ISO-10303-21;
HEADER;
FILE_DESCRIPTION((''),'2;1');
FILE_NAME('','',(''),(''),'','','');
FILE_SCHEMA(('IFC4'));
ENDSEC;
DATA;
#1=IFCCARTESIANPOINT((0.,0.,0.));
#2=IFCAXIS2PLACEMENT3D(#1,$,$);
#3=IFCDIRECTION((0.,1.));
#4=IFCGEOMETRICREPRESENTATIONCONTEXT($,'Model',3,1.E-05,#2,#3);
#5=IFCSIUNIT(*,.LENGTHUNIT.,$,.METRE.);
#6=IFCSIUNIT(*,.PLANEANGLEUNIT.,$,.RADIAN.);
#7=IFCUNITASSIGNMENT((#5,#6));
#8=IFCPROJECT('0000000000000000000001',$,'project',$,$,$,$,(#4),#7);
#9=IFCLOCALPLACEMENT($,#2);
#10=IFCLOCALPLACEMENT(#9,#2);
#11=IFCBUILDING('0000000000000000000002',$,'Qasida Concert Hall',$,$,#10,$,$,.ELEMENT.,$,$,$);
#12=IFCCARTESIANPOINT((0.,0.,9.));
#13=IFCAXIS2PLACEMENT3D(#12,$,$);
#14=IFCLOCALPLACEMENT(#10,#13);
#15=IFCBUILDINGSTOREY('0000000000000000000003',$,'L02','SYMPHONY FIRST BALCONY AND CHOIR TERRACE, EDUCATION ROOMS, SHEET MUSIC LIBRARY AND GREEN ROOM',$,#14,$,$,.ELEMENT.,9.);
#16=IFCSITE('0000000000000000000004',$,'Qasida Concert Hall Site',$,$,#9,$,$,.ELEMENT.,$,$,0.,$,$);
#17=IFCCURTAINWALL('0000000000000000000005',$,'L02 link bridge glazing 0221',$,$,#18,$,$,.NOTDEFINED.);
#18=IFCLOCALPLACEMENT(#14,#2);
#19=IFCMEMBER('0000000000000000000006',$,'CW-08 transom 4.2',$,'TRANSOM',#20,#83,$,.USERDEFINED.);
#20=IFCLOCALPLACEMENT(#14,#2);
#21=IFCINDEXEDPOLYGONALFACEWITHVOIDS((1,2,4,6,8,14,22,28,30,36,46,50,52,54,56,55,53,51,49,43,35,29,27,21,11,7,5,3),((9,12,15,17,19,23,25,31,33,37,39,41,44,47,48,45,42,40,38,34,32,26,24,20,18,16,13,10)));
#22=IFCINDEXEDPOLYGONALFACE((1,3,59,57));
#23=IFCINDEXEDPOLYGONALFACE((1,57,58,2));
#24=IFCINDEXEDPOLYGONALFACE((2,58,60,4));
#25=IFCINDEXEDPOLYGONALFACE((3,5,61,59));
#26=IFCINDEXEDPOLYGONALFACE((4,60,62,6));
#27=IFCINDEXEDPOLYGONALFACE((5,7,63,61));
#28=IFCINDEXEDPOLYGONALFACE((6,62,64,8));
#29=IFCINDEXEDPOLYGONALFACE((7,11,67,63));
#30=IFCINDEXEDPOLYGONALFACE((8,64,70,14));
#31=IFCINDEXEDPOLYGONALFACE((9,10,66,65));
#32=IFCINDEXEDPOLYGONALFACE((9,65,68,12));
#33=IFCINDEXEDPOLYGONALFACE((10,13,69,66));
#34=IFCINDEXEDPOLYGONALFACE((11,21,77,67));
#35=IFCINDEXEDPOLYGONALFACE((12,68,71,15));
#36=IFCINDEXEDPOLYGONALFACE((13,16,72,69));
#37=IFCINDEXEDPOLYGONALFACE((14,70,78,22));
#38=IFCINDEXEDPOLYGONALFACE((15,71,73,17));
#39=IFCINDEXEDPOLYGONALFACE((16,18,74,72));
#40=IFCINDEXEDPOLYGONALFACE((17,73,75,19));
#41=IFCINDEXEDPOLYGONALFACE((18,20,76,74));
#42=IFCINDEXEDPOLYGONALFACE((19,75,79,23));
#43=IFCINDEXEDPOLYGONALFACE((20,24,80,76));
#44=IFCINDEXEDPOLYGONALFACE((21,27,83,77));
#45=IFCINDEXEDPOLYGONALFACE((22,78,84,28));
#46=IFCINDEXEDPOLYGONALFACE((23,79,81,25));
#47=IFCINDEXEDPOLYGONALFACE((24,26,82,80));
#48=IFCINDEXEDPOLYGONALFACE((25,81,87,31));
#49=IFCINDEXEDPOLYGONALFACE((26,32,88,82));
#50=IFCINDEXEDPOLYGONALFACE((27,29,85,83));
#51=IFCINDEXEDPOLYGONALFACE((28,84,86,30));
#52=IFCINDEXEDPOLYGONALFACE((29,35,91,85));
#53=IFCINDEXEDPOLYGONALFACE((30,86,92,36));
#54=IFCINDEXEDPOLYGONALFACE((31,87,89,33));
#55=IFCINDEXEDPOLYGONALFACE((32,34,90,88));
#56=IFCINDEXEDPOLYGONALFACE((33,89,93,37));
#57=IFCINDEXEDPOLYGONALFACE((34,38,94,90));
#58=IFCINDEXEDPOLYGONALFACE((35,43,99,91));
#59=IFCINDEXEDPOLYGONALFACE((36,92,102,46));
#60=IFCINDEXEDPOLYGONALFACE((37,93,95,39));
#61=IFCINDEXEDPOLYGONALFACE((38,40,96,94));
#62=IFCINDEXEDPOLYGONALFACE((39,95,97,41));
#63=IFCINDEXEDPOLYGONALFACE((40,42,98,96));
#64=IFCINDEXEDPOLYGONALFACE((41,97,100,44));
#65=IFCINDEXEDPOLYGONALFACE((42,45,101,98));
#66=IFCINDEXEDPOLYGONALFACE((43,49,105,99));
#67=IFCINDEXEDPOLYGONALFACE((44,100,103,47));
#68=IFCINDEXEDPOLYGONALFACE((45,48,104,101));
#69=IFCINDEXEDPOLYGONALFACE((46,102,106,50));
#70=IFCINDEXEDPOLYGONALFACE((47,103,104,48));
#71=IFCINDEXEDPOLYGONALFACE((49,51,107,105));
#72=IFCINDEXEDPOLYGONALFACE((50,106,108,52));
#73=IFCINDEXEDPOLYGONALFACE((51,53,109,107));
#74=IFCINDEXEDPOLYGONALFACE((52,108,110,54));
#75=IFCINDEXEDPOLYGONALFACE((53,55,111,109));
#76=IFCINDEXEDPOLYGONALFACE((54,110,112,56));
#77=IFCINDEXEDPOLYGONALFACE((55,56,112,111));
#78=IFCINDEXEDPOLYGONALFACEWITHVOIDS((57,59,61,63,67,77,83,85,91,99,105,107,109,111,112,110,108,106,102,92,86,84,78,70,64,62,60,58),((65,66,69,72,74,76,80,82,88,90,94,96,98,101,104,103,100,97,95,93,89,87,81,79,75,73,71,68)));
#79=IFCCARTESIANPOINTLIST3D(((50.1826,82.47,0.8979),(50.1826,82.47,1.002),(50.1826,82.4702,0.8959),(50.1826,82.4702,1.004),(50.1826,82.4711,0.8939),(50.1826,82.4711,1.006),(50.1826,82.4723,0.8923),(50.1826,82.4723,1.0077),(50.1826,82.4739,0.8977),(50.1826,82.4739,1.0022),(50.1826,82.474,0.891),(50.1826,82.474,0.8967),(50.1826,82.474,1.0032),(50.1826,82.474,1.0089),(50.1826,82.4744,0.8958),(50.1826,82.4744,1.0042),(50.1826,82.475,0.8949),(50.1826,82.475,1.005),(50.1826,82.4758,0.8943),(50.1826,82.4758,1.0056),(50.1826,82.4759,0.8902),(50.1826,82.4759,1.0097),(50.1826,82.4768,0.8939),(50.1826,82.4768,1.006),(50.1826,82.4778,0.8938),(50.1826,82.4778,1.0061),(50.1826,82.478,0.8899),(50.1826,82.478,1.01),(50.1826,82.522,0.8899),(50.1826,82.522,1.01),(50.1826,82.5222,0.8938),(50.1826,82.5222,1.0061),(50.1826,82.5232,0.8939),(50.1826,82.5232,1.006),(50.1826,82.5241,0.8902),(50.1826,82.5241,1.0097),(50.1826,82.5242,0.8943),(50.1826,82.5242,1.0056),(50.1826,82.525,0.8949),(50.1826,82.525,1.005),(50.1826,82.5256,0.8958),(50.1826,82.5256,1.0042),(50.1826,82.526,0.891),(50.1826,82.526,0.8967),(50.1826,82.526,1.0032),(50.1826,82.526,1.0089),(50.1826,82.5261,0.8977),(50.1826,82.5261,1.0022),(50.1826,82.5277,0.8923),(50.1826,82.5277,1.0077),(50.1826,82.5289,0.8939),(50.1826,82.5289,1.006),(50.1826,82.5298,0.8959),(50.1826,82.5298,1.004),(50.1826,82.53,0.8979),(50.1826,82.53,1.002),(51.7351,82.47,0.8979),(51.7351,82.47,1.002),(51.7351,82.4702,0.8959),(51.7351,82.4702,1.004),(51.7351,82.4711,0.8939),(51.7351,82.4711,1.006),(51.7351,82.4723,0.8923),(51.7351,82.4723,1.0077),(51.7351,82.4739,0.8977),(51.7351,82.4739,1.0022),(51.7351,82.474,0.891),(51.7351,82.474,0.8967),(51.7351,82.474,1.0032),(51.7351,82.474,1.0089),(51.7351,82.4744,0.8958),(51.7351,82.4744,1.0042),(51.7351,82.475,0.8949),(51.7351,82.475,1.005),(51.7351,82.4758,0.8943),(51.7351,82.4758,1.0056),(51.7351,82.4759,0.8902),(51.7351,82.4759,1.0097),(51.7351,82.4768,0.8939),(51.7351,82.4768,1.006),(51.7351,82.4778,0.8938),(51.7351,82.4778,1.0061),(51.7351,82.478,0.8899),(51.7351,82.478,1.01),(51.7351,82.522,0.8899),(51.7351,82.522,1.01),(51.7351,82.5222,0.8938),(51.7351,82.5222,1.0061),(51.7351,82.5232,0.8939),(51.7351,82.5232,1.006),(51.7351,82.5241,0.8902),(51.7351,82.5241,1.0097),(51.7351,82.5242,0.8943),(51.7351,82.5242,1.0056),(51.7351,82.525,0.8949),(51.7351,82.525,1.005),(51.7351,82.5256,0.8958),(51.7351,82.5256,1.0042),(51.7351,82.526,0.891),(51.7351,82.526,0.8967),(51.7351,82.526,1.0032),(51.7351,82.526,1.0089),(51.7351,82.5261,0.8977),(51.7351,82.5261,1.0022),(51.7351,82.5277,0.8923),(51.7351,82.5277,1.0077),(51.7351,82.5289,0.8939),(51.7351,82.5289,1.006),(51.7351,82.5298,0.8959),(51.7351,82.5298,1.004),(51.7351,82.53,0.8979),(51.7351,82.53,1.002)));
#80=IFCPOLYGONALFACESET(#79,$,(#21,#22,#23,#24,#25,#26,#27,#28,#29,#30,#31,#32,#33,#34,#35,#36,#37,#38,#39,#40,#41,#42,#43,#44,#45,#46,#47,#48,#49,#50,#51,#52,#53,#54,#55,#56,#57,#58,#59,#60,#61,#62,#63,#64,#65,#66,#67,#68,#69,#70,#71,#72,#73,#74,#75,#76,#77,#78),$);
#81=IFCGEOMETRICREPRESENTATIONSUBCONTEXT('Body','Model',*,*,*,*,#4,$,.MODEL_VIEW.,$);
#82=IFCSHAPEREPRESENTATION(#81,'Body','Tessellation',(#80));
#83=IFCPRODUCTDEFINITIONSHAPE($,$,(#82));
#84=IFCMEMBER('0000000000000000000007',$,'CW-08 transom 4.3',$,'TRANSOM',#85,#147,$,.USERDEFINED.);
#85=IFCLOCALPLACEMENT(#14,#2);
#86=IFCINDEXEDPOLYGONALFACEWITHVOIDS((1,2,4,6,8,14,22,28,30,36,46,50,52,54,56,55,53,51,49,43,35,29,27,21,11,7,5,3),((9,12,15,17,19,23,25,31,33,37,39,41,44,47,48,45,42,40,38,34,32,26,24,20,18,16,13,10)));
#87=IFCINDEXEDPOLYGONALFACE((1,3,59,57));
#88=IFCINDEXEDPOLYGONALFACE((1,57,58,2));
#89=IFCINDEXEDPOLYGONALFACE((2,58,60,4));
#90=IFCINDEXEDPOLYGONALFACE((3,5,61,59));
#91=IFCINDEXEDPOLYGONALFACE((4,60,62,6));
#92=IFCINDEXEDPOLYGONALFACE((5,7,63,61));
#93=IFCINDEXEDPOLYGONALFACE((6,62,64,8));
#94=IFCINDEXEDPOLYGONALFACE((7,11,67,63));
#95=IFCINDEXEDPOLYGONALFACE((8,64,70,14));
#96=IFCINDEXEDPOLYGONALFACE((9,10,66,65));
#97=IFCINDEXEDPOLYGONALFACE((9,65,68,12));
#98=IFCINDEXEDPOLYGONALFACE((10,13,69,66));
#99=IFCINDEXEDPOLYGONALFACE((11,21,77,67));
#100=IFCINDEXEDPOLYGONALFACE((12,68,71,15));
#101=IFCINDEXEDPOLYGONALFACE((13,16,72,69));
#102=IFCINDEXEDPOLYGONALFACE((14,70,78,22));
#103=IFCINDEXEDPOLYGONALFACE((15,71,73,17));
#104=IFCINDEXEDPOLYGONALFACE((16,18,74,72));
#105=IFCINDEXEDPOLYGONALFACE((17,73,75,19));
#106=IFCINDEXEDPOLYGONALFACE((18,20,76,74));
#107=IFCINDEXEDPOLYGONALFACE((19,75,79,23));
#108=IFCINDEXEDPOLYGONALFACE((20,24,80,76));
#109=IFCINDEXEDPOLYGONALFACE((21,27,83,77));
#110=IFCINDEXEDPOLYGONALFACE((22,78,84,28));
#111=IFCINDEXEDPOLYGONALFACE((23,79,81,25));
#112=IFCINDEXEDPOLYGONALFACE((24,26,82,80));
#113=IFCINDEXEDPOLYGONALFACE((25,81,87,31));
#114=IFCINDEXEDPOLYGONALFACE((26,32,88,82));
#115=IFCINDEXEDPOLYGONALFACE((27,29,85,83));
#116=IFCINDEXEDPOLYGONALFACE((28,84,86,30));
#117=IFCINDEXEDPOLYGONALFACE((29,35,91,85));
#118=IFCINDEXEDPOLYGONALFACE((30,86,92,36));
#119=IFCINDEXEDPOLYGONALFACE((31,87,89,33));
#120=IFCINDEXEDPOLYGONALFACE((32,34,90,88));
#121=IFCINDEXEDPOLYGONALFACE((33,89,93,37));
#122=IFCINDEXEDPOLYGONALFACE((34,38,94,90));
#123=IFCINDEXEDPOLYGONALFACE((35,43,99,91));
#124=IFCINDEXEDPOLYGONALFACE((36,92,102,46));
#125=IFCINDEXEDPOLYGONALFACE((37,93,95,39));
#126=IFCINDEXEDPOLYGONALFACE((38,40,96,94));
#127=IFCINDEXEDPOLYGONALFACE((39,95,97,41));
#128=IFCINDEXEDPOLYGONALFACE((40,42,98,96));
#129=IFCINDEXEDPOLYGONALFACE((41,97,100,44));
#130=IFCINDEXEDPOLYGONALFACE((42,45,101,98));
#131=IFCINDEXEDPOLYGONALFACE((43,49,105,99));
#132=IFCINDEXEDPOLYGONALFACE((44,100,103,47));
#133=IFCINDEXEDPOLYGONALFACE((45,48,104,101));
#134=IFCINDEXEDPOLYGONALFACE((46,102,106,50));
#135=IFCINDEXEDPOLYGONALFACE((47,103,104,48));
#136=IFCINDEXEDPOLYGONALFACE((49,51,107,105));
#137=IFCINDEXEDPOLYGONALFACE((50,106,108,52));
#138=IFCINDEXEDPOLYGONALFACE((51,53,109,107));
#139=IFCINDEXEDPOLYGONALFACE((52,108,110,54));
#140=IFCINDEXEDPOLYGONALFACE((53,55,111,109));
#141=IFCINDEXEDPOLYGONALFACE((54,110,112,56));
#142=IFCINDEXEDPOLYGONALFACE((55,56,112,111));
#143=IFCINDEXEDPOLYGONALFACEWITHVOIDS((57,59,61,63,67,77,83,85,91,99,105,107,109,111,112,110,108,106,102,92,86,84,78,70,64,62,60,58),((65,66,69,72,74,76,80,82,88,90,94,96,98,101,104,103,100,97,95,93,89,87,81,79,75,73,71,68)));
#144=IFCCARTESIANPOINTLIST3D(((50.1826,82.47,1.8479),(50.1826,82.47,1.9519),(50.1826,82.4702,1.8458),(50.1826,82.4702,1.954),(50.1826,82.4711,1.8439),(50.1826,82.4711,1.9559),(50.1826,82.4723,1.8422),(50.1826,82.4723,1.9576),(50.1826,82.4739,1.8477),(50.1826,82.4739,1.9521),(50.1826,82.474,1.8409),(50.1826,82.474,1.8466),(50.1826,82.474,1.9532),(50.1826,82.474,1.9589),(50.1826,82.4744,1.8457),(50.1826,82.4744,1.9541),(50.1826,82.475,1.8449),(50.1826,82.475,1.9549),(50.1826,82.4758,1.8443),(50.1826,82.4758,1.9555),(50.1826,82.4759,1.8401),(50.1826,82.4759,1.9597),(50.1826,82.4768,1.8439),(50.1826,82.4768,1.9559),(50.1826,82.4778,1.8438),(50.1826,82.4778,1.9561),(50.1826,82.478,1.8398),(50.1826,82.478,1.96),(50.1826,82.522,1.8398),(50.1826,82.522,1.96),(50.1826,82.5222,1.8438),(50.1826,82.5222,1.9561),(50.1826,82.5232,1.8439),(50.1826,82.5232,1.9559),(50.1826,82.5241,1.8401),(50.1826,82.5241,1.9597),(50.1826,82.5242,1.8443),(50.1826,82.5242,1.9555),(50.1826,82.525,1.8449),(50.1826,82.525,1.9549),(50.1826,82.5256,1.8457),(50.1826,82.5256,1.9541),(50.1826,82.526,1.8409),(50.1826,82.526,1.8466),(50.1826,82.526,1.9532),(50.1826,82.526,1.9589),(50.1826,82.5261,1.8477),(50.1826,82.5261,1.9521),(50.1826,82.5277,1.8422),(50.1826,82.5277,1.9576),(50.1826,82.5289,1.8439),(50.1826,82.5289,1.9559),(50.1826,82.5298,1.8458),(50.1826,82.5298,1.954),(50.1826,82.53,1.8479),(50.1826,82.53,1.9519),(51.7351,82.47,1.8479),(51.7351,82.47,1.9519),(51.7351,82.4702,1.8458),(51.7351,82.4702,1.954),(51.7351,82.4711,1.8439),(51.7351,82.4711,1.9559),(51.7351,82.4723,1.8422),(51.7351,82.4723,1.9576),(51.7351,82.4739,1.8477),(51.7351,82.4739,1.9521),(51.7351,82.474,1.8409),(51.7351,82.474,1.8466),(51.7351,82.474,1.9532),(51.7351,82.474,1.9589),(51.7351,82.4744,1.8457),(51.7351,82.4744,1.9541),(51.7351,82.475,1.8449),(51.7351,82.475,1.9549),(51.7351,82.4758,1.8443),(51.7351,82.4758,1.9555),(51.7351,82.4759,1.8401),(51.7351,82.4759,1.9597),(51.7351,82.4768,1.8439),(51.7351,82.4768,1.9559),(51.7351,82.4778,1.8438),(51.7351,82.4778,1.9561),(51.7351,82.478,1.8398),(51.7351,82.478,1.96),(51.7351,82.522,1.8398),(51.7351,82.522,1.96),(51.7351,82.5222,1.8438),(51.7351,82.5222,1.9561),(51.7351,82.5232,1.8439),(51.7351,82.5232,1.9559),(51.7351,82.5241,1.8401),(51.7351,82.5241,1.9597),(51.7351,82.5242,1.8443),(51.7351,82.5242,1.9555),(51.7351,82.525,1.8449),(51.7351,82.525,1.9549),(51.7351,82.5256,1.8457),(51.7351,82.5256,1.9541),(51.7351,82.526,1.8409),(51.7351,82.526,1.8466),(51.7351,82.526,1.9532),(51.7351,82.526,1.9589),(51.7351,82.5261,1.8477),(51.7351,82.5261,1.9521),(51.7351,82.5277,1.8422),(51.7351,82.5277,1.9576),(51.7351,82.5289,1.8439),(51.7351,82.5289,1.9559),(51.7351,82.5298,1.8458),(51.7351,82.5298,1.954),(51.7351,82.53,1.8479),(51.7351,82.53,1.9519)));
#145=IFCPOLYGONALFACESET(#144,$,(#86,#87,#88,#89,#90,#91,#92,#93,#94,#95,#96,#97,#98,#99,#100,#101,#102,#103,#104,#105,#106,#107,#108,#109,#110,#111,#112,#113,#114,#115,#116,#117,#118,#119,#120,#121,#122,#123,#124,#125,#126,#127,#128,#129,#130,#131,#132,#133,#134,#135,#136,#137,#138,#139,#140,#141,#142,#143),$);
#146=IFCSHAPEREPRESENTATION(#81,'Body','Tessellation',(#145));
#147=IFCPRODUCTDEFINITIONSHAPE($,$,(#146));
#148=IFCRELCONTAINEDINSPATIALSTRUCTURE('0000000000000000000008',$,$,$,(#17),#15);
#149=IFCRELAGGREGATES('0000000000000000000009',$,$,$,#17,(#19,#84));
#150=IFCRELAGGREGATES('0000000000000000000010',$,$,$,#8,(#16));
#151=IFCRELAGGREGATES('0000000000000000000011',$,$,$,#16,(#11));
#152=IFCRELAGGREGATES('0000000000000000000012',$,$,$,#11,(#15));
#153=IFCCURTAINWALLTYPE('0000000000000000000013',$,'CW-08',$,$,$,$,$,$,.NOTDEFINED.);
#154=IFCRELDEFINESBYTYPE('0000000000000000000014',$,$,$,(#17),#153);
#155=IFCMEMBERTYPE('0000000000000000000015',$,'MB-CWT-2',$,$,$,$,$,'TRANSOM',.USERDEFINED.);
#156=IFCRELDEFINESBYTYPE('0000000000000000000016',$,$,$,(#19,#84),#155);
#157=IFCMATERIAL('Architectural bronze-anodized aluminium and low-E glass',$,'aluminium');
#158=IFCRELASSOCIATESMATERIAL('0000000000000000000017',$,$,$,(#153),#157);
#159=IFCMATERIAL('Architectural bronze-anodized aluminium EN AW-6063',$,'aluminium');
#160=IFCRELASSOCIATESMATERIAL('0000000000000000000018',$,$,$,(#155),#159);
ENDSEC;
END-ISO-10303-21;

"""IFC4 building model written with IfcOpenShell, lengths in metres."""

from ifc_helpers import new_model, si_unit, direction, frame, origin, origin_2d, place, context, subcontext, project, spatial, hollow_rectangle, extrude, material, material_profile, profile_set, type_object, element, aggregate, save


model = new_model("IFC4")

# Units and contexts
model_context = context("Model", 3, precision=1e-05, world=origin(), true_north=direction((0.0, 1.0)))
body_context = subcontext(model_context, "Body", "Model", "MODEL_VIEW")
ifc_project = project(units=[si_unit("LENGTHUNIT", "METRE"), si_unit("PLANEANGLEUNIT", "RADIAN")], contexts=[model_context])

# Site, building, storey
site_placement = place(None, origin())
site = spatial("IfcSite", under=ifc_project, at=site_placement, Name="Qasida Concert Hall Site", CompositionType="ELEMENT", RefElevation=0.0)
building_placement = place(site_placement, origin())
building = spatial("IfcBuilding", under=site, at=building_placement, Name="Qasida Concert Hall", CompositionType="ELEMENT")
storey_placement = place(building_placement, frame((0.0, 0.0, 9.0)))
storey = spatial("IfcBuildingStorey", under=building, at=storey_placement, Name="L02", Description="SYMPHONY FIRST BALCONY AND CHOIR TERRACE, EDUCATION ROOMS, SHEET MUSIC LIBRARY AND GREEN ROOM", CompositionType="ELEMENT", Elevation=9.0)

# Curtain wall, members
ifc_material_1 = material(Name="Architectural bronze-anodized aluminium and low-E glass", Category="aluminium")
curtain_wall_type = type_object("IfcCurtainWallType", Name="CW-08", PredefinedType="NOTDEFINED", material=ifc_material_1)
curtain_wall_placement = place(storey_placement, origin())
curtain_wall = element("IfcCurtainWall", 1, at=curtain_wall_placement, inside=storey, type_object=curtain_wall_type, Name="L02 link bridge glazing 0221", PredefinedType="NOTDEFINED")
ifc_material_2 = material(Name="Architectural bronze-anodized aluminium EN AW-6063", Category="aluminium")
ifc_material_profile_1 = material_profile(ifc_material_2, hollow_rectangle(XDim=0.0601, YDim=0.1201, WallThickness=0.0039, InnerFilletRadius=0.0039, OuterFilletRadius=0.0081, at=origin_2d()), Name="CWT 120x60x4")
ifc_profile_set_1 = profile_set([ifc_material_profile_1], Name="Architectural bronze-anodized aluminium EN AW-6063")
member_type_1 = type_object("IfcMemberType", Name="MB-CWT-2", ElementType="TRANSOM", PredefinedType="USERDEFINED", material=ifc_profile_set_1)
member_1_placement = place(storey_placement, frame((50.1826, 82.5, 0.95), z_axis=(1.0, 0.0, 0.0), x_axis=(0.0, 1.0, 0.0)))
member_1 = element("IfcMember", 2, at=member_1_placement, type_object=member_type_1, Name="CW-08 transom 4.2", ObjectType="TRANSOM", PredefinedType="USERDEFINED", context=body_context, shape_type="SweptSolid", body=[
    extrude(hollow_rectangle(XDim=0.0601, YDim=0.1201, WallThickness=0.0039, InnerFilletRadius=0.0039, OuterFilletRadius=0.0081, at=origin_2d()), origin(), (0.0, 0.0, 1.0), 1.5525),
])
member_2_placement = place(storey_placement, frame((50.1826, 82.5, 1.8999), z_axis=(1.0, 0.0, 0.0), x_axis=(0.0, 1.0, 0.0)))
member_2 = element("IfcMember", 3, at=member_2_placement, type_object=member_type_1, Name="CW-08 transom 4.3", ObjectType="TRANSOM", PredefinedType="USERDEFINED", context=body_context, shape_type="SweptSolid", body=[
    extrude(hollow_rectangle(XDim=0.0601, YDim=0.1201, WallThickness=0.0039, InnerFilletRadius=0.0039, OuterFilletRadius=0.0081, at=origin_2d()), origin(), (0.0, 0.0, 1.0), 1.5525),
])
aggregate(curtain_wall, [member_1, member_2])

save(model, "model.ifc")
